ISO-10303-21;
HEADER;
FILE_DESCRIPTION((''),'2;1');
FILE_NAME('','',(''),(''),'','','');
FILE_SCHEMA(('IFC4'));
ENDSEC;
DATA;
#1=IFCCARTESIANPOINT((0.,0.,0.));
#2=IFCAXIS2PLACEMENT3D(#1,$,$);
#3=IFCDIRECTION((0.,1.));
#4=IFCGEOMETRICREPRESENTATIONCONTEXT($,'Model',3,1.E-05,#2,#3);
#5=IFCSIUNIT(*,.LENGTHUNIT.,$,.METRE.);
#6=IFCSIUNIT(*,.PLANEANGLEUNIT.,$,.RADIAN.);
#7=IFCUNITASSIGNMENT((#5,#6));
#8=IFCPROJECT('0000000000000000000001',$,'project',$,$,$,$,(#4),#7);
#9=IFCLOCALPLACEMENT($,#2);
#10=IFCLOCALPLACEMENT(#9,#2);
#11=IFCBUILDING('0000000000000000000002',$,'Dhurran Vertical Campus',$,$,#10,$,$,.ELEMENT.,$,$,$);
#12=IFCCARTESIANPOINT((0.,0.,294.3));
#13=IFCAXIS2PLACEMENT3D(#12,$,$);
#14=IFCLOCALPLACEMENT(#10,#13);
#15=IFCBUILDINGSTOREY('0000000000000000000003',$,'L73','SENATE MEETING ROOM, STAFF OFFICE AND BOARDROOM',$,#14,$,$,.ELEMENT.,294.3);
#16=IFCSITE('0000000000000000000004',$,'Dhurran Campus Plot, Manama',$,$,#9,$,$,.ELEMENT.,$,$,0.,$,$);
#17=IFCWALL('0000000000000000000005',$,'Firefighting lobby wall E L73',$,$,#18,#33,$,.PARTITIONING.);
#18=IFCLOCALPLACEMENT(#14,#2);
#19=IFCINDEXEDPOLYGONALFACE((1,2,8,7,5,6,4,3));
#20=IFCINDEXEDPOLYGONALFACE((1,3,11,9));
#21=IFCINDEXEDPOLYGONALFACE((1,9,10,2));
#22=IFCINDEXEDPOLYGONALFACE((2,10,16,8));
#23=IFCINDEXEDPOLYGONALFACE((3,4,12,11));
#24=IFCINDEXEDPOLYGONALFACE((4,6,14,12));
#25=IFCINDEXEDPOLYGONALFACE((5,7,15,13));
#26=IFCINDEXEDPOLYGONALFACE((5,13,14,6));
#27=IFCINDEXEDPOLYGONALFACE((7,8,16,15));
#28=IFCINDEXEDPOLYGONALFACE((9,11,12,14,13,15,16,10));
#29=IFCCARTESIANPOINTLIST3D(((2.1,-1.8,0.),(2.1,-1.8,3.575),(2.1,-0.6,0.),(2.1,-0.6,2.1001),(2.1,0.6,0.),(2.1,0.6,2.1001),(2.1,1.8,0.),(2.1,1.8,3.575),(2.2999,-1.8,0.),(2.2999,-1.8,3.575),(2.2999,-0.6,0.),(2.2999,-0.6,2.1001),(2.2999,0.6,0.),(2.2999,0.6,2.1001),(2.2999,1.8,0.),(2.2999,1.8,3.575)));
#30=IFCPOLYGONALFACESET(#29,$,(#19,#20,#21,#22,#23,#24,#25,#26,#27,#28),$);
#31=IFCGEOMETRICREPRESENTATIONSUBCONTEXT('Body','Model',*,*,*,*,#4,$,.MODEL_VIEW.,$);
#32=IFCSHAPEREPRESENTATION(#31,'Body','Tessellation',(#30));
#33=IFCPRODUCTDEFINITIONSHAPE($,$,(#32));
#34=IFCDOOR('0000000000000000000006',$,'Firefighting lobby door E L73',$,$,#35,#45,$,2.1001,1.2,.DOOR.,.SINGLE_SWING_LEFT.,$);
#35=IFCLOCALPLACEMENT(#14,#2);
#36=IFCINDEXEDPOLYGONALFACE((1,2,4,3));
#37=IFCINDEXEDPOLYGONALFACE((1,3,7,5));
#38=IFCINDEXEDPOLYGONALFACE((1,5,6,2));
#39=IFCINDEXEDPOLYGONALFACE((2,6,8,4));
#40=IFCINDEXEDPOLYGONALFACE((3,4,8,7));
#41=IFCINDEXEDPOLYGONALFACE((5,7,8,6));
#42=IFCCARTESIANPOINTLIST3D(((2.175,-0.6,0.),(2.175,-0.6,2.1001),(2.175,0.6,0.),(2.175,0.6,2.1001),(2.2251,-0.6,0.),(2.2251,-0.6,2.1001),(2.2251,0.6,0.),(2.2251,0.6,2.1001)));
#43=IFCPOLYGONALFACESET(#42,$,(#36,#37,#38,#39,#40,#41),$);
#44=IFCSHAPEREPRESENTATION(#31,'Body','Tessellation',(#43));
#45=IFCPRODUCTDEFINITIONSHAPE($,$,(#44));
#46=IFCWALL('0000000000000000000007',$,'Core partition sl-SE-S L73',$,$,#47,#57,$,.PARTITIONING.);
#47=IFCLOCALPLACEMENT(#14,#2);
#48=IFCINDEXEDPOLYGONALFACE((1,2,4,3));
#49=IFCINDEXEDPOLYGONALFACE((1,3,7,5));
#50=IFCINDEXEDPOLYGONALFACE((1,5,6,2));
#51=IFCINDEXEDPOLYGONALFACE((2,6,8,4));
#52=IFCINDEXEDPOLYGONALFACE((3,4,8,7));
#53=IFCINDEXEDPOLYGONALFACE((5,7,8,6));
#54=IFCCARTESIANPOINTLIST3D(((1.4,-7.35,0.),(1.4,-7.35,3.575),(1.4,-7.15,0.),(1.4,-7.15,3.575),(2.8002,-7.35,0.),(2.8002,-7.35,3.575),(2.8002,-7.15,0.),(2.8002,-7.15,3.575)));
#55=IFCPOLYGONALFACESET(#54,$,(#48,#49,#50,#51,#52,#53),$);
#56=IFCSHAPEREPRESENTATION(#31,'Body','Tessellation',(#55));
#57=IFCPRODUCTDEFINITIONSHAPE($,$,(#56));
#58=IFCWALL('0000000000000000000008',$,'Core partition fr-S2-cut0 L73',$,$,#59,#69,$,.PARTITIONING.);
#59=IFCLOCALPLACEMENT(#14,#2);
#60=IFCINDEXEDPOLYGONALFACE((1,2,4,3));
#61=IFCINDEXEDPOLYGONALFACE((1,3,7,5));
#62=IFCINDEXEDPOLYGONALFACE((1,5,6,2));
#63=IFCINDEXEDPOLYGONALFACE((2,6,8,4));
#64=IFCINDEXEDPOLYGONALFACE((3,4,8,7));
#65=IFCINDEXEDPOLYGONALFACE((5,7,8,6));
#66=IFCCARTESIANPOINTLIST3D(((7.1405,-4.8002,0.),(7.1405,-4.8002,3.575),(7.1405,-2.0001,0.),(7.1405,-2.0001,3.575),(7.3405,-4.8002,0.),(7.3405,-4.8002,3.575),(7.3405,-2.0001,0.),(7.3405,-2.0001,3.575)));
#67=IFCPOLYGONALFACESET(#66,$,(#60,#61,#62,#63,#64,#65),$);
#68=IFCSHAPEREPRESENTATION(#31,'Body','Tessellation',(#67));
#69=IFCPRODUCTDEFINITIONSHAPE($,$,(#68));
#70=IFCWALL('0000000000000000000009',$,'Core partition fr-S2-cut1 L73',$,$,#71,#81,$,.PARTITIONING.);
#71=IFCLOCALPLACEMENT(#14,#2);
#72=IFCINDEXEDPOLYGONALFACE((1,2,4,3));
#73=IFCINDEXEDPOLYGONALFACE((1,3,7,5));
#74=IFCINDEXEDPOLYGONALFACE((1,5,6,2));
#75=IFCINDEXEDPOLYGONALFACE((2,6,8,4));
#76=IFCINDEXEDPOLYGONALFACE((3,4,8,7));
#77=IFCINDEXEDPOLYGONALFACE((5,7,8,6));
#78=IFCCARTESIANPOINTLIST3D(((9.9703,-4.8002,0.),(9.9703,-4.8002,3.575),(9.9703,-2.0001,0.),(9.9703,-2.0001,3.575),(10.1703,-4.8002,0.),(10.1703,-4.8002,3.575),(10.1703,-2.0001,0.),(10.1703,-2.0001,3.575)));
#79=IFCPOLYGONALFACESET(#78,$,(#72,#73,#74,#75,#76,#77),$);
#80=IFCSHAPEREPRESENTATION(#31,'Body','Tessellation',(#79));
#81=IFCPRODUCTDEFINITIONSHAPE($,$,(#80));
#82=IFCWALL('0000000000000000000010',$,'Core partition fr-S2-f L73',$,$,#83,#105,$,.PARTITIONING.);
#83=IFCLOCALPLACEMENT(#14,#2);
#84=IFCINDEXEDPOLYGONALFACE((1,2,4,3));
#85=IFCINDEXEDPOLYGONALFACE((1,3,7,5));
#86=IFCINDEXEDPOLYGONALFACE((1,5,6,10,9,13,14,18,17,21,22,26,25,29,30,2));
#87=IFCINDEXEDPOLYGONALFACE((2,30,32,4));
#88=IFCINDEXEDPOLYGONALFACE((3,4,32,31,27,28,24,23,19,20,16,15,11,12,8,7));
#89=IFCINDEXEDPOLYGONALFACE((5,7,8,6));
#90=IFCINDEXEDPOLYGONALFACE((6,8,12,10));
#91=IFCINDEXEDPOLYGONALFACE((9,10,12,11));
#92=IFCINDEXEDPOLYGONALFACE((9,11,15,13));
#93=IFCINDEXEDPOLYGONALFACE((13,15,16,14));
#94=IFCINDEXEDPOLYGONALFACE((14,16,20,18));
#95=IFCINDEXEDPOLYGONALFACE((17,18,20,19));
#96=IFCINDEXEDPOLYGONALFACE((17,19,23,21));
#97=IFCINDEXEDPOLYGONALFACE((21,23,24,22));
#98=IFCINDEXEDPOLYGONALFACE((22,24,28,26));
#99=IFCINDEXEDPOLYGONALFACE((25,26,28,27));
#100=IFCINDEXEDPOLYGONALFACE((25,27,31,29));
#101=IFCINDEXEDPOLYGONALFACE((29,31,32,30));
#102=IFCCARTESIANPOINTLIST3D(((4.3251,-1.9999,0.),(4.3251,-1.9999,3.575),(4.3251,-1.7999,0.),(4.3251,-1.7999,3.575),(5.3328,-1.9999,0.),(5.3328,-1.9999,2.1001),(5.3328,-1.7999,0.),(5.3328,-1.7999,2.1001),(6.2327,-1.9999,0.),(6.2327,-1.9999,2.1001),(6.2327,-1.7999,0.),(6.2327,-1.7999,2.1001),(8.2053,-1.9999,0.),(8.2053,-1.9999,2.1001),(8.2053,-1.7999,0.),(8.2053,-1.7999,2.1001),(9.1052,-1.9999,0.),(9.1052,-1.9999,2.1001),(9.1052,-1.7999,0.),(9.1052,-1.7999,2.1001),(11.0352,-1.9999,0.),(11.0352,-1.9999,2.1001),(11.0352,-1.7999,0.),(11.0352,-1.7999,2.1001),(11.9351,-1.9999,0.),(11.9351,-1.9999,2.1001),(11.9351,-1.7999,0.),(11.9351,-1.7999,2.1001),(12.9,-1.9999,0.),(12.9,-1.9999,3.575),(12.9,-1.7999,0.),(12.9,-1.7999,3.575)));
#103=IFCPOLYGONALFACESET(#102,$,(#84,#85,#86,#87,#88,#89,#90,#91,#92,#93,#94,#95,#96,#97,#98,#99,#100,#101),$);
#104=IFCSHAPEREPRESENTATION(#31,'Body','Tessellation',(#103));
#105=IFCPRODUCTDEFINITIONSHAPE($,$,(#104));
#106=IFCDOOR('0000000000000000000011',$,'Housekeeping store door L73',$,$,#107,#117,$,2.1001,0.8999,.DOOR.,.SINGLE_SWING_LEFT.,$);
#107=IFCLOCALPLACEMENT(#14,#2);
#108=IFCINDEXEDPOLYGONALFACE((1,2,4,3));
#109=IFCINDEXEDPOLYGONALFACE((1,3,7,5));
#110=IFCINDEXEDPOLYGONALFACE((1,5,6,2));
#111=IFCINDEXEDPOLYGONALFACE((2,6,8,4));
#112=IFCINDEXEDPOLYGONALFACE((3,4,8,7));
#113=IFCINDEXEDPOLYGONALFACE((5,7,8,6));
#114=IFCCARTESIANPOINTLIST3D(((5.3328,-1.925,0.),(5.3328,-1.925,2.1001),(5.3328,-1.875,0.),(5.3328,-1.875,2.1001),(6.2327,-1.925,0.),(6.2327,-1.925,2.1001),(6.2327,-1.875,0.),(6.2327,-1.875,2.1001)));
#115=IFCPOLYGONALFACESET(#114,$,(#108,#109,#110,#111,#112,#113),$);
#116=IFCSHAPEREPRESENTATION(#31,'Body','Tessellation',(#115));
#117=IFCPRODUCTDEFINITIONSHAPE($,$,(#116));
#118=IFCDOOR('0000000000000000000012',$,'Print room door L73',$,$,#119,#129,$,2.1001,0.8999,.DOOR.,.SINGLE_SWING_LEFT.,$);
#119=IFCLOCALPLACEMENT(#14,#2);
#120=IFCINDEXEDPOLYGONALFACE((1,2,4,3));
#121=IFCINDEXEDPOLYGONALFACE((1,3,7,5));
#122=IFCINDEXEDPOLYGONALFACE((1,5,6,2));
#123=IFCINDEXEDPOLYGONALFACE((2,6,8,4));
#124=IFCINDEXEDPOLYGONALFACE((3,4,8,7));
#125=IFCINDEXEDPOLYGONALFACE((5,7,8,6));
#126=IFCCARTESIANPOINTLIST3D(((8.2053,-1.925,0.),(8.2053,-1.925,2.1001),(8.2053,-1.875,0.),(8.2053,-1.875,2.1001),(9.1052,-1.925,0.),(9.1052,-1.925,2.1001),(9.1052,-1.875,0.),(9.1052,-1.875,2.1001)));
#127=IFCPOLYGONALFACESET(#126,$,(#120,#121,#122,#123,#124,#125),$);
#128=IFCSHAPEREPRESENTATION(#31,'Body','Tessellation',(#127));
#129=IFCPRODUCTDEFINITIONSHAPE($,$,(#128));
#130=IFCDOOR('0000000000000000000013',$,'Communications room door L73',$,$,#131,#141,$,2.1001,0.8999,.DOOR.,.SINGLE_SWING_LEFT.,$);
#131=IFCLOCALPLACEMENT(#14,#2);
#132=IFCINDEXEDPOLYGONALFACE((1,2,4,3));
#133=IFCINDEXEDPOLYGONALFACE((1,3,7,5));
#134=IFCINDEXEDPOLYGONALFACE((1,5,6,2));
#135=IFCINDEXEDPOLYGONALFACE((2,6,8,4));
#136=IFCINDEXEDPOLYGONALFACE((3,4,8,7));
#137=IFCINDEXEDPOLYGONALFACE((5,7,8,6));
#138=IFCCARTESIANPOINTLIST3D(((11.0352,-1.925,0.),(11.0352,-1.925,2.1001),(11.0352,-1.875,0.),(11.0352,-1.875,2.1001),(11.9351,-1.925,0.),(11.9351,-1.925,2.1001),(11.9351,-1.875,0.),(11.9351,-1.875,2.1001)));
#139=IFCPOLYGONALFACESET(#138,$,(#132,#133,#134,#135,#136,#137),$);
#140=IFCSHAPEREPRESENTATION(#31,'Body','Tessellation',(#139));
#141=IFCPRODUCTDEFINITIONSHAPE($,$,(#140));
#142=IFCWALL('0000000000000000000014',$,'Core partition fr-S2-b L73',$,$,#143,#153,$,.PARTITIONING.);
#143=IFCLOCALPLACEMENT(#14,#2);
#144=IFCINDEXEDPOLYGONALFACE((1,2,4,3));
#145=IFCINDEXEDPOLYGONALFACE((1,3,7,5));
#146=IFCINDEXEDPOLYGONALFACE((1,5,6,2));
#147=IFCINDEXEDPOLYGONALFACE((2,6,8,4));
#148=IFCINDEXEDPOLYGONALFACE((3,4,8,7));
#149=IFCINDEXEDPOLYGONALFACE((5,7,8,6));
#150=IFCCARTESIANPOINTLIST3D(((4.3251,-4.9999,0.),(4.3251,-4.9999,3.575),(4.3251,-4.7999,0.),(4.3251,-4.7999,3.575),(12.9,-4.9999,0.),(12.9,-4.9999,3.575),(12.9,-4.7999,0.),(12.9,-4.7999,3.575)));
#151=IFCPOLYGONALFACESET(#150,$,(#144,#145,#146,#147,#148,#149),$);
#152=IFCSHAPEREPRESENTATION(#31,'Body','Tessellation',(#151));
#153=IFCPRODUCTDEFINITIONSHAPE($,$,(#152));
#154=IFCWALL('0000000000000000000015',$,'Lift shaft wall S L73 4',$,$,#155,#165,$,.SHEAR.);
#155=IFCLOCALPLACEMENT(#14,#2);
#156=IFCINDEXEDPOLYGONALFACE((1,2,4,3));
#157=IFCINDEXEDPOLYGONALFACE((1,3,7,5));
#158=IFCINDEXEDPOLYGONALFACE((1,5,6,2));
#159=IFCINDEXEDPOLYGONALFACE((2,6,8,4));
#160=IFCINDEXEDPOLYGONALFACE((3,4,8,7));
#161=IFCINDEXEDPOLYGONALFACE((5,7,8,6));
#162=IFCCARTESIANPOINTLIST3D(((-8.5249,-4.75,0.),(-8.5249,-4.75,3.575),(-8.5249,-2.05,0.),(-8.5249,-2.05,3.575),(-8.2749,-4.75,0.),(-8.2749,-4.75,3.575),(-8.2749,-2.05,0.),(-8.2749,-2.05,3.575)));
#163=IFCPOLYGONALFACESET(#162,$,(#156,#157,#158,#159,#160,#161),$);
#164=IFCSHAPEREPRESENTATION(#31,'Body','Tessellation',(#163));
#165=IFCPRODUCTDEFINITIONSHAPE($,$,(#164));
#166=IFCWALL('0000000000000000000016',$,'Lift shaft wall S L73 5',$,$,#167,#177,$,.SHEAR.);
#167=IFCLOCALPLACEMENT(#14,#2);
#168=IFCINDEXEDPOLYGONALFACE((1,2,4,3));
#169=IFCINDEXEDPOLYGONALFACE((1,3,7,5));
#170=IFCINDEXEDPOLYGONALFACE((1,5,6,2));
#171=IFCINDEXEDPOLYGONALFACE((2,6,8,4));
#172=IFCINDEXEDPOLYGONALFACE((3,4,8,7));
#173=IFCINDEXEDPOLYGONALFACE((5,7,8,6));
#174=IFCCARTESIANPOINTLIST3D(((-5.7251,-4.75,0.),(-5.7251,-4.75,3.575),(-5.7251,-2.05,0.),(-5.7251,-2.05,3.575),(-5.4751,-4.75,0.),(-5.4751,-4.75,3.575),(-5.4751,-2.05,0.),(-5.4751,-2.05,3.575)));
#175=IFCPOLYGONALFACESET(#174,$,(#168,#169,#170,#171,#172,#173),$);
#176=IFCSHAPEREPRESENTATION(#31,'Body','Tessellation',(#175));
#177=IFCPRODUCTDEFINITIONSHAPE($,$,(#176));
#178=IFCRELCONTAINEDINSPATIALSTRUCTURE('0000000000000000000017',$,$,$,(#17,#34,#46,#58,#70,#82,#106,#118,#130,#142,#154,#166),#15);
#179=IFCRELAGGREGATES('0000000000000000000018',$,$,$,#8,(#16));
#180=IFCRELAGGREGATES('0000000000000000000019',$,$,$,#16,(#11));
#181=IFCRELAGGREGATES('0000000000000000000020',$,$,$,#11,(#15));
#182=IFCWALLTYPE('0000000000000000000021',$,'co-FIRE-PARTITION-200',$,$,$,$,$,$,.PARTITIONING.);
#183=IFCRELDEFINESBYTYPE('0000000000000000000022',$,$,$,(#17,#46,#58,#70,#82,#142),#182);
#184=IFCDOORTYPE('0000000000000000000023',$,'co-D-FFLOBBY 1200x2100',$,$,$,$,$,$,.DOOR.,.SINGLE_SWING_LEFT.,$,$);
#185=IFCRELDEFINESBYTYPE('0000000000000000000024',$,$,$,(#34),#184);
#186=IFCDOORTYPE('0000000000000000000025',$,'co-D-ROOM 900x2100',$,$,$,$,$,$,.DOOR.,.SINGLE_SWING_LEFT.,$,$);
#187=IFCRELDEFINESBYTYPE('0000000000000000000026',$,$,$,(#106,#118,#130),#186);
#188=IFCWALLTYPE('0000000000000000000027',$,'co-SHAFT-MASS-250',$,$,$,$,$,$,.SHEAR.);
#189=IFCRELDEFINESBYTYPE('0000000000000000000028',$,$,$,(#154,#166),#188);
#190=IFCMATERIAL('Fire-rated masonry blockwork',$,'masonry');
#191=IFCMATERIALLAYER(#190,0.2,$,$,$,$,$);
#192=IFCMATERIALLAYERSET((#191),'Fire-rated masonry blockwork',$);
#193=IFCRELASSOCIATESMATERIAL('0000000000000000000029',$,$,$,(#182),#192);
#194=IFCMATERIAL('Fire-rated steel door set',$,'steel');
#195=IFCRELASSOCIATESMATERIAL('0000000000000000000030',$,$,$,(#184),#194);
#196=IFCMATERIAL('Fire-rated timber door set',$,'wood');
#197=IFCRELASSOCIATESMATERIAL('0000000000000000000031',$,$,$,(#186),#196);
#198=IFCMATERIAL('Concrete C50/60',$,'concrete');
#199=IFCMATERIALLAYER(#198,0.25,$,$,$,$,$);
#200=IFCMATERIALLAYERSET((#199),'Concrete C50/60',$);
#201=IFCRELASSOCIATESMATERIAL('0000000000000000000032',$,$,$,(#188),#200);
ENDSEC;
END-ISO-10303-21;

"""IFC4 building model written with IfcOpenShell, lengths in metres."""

from ifc_helpers import new_model, si_unit, direction, frame, frame_2d, origin, place, context, subcontext, project, spatial, polyline, rectangle, outline, extrude, material, layer, layer_set, type_object, element, fill, save


model = new_model("IFC4")

# Units and contexts
model_context = context("Model", 3, precision=1e-05, world=origin(), true_north=direction((0.0, 1.0)))
body_context = subcontext(model_context, "Body", "Model", "MODEL_VIEW")
ifc_project = project(units=[si_unit("LENGTHUNIT", "METRE"), si_unit("PLANEANGLEUNIT", "RADIAN")], contexts=[model_context])

# Site, building, storey
site_placement = place(None, origin())
site = spatial("IfcSite", under=ifc_project, at=site_placement, Name="Dhurran Campus Plot, Manama", CompositionType="ELEMENT", RefElevation=0.0)
building_placement = place(site_placement, origin())
building = spatial("IfcBuilding", under=site, at=building_placement, Name="Dhurran Vertical Campus", CompositionType="ELEMENT")
storey_placement = place(building_placement, frame((0.0, 0.0, 294.3)))
storey = spatial("IfcBuildingStorey", under=building, at=storey_placement, Name="L73", Description="SENATE MEETING ROOM, STAFF OFFICE AND BOARDROOM", CompositionType="ELEMENT", Elevation=294.3)

# Wall, opening, door
ifc_material_1 = material(Name="Fire-rated masonry blockwork", Category="masonry")
ifc_layer_1 = layer(ifc_material_1, 0.2)
ifc_layer_set_1 = layer_set([ifc_layer_1], Name="Fire-rated masonry blockwork")
wall_type_1 = type_object("IfcWallType", Name="co-FIRE-PARTITION-200", PredefinedType="PARTITIONING", material=ifc_layer_set_1)
wall_1_placement = place(storey_placement, frame((2.2, -1.8, 0.0), z_axis=(0.0, 0.0, 1.0), x_axis=(0.0, 1.0, 0.0)))
wall_1 = element("IfcWall", 1, at=wall_1_placement, inside=storey, type_object=wall_type_1, Name="Firefighting lobby wall E L73", PredefinedType="PARTITIONING", context=body_context, shape_type="SweptSolid", body=[
    extrude(rectangle(XDim=3.6001, YDim=0.2, at=frame_2d((1.8, 0.0))), origin(), (0.0, 0.0, 1.0), 3.575),
])
opening_1_placement = place(wall_1_placement, frame((1.2, 0.0, 0.0)))
opening_1 = element("IfcOpeningElement", 2, at=opening_1_placement, cuts=wall_1, PredefinedType="OPENING", context=body_context, shape_type="SweptSolid", body=[
    extrude(rectangle(XDim=1.2, YDim=2.1001, at=frame_2d((0.6001, 1.05))), frame((0.0, 0.1099, 0.0), z_axis=(0.0, -1.0, 0.0), x_axis=(1.0, 0.0, 0.0)), (0.0, 0.0, 1.0), 0.22),
])
ifc_material_2 = material(Name="Fire-rated steel door set", Category="steel")
door_type_1 = type_object("IfcDoorType", Name="co-D-FFLOBBY 1200x2100", OperationType="SINGLE_SWING_LEFT", PredefinedType="DOOR", material=ifc_material_2)
door_1_placement = place(opening_1_placement, origin())
door_1 = element("IfcDoor", 3, at=door_1_placement, inside=storey, type_object=door_type_1, Name="Firefighting lobby door E L73", OperationType="SINGLE_SWING_LEFT", OverallHeight=2.1001, OverallWidth=1.2, PredefinedType="DOOR", context=body_context, shape_type="SweptSolid", body=[
    extrude(rectangle(XDim=1.2, YDim=2.1001, at=frame_2d((0.6001, 1.05))), frame((0.0, 0.0249, 0.0), z_axis=(0.0, -1.0, 0.0), x_axis=(1.0, 0.0, 0.0)), (0.0, 0.0, 1.0), 0.05),
])
fill(opening_1, door_1)

# Walls
wall_2_placement = place(storey_placement, frame((1.3999, -7.25, 0.0), z_axis=(0.0, 0.0, 1.0), x_axis=(1.0, 0.0, 0.0)))
element("IfcWall", 4, at=wall_2_placement, inside=storey, type_object=wall_type_1, Name="Core partition sl-SE-S L73", PredefinedType="PARTITIONING", context=body_context, shape_type="SweptSolid", body=[
    extrude(rectangle(XDim=1.4001, YDim=0.2, at=frame_2d((0.7002, 0.0))), origin(), (0.0, 0.0, 1.0), 3.575),
])
for number, where, z_axis, x_axis, name in (
    (5, (7.2405, -4.8, 0.0), (0.0, 0.0, 1.0), (0.0, 1.0, 0.0), "Core partition fr-S2-cut0 L73"),
    (6, (10.0703, -4.8, 0.0), (0.0, 0.0, 1.0), (0.0, 1.0, 0.0), "Core partition fr-S2-cut1 L73"),
):
    element("IfcWall", number, at=place(storey_placement, frame(where, z_axis=z_axis, x_axis=x_axis)), inside=storey, type_object=wall_type_1, Name=name, PredefinedType="PARTITIONING", context=body_context, shape_type="SweptSolid", body=[
        extrude(rectangle(XDim=2.8, YDim=0.2, at=frame_2d((1.3999, 0.0))), origin(), (0.0, 0.0, 1.0), 3.575),
    ])

# Wall, openings, doors
wall_3_placement = place(storey_placement, frame((4.325, -1.8999, 0.0), z_axis=(0.0, 0.0, 1.0), x_axis=(1.0, 0.0, 0.0)))
wall_3 = element("IfcWall", 7, at=wall_3_placement, inside=storey, type_object=wall_type_1, Name="Core partition fr-S2-f L73", PredefinedType="PARTITIONING", context=body_context, shape_type="SweptSolid", body=[
    extrude(rectangle(XDim=8.575, YDim=0.2, at=frame_2d((4.2876, 0.0))), origin(), (0.0, 0.0, 1.0), 3.575),
])
opening_2_placement = place(wall_3_placement, frame((1.0078, 0.0, 0.0)))
opening_2 = element("IfcOpeningElement", 8, at=opening_2_placement, cuts=wall_3, PredefinedType="OPENING", context=body_context, shape_type="SweptSolid", body=[
    extrude(rectangle(XDim=0.8999, YDim=2.1001, at=frame_2d((0.45, 1.05))), frame((0.0, 0.1099, 0.0), z_axis=(0.0, -1.0, 0.0), x_axis=(1.0, 0.0, 0.0)), (0.0, 0.0, 1.0), 0.22),
])
opening_3_placement = place(wall_3_placement, frame((3.8804, 0.0, 0.0)))
opening_3 = element("IfcOpeningElement", 9, at=opening_3_placement, cuts=wall_3, PredefinedType="OPENING", context=body_context, shape_type="SweptSolid", body=[
    extrude(rectangle(XDim=0.8999, YDim=2.1001, at=frame_2d((0.45, 1.05))), frame((0.0, 0.1099, 0.0), z_axis=(0.0, -1.0, 0.0), x_axis=(1.0, 0.0, 0.0)), (0.0, 0.0, 1.0), 0.22),
])
opening_4_placement = place(wall_3_placement, frame((6.7102, 0.0, 0.0)))
opening_4 = element("IfcOpeningElement", 10, at=opening_4_placement, cuts=wall_3, PredefinedType="OPENING", context=body_context, shape_type="SweptSolid", body=[
    extrude(rectangle(XDim=0.8999, YDim=2.1001, at=frame_2d((0.45, 1.05))), frame((0.0, 0.1099, 0.0), z_axis=(0.0, -1.0, 0.0), x_axis=(1.0, 0.0, 0.0)), (0.0, 0.0, 1.0), 0.22),
])
ifc_material_3 = material(Name="Fire-rated timber door set", Category="wood")
door_type_2 = type_object("IfcDoorType", Name="co-D-ROOM 900x2100", OperationType="SINGLE_SWING_LEFT", PredefinedType="DOOR", material=ifc_material_3)
door_2_placement = place(opening_2_placement, origin())
door_2 = element("IfcDoor", 11, at=door_2_placement, inside=storey, type_object=door_type_2, Name="Housekeeping store door L73", OperationType="SINGLE_SWING_LEFT", OverallHeight=2.1001, OverallWidth=0.8999, PredefinedType="DOOR", context=body_context, shape_type="SweptSolid", body=[
    extrude(rectangle(XDim=0.8999, YDim=2.1001, at=frame_2d((0.45, 1.05))), frame((0.0, 0.0249, 0.0), z_axis=(0.0, -1.0, 0.0), x_axis=(1.0, 0.0, 0.0)), (0.0, 0.0, 1.0), 0.05),
])
fill(opening_2, door_2)
door_3_placement = place(opening_3_placement, origin())
door_3 = element("IfcDoor", 12, at=door_3_placement, inside=storey, type_object=door_type_2, Name="Print room door L73", OperationType="SINGLE_SWING_LEFT", OverallHeight=2.1001, OverallWidth=0.8999, PredefinedType="DOOR", context=body_context, shape_type="SweptSolid", body=[
    extrude(rectangle(XDim=0.8999, YDim=2.1001, at=frame_2d((0.45, 1.05))), frame((0.0, 0.0249, 0.0), z_axis=(0.0, -1.0, 0.0), x_axis=(1.0, 0.0, 0.0)), (0.0, 0.0, 1.0), 0.05),
])
fill(opening_3, door_3)
door_4_placement = place(opening_4_placement, origin())
door_4 = element("IfcDoor", 13, at=door_4_placement, inside=storey, type_object=door_type_2, Name="Communications room door L73", OperationType="SINGLE_SWING_LEFT", OverallHeight=2.1001, OverallWidth=0.8999, PredefinedType="DOOR", context=body_context, shape_type="SweptSolid", body=[
    extrude(rectangle(XDim=0.8999, YDim=2.1001, at=frame_2d((0.45, 1.05))), frame((0.0, 0.0249, 0.0), z_axis=(0.0, -1.0, 0.0), x_axis=(1.0, 0.0, 0.0)), (0.0, 0.0, 1.0), 0.05),
])
fill(opening_4, door_4)

# Walls
wall_4_placement = place(storey_placement, frame((4.325, -4.8999, 0.0), z_axis=(0.0, 0.0, 1.0), x_axis=(1.0, 0.0, 0.0)))
element("IfcWall", 14, at=wall_4_placement, inside=storey, type_object=wall_type_1, Name="Core partition fr-S2-b L73", PredefinedType="PARTITIONING", context=body_context, shape_type="SweptSolid", body=[
    extrude(rectangle(XDim=8.575, YDim=0.2, at=frame_2d((4.2876, 0.0))), origin(), (0.0, 0.0, 1.0), 3.575),
])
ifc_material_4 = material(Name="Concrete C50/60", Category="concrete")
ifc_layer_2 = layer(ifc_material_4, 0.25)
ifc_layer_set_2 = layer_set([ifc_layer_2], Name="Concrete C50/60")
wall_type_2 = type_object("IfcWallType", Name="co-SHAFT-MASS-250", PredefinedType="SHEAR", material=ifc_layer_set_2)
wall_5_placement = place(storey_placement, origin())
element("IfcWall", 15, at=wall_5_placement, inside=storey, type_object=wall_type_2, Name="Lift shaft wall S L73 4", PredefinedType="SHEAR", context=body_context, shape_type="SweptSolid", body=[
    extrude(outline(polyline([(-8.5249, -4.75), (-8.2749, -4.75), (-8.2749, -2.05), (-8.5249, -2.05), (-8.5249, -4.75)])), origin(), (0.0, 0.0, 1.0), 3.575),
])
wall_6_placement = place(storey_placement, origin())
element("IfcWall", 16, at=wall_6_placement, inside=storey, type_object=wall_type_2, Name="Lift shaft wall S L73 5", PredefinedType="SHEAR", context=body_context, shape_type="SweptSolid", body=[
    extrude(outline(polyline([(-5.7251, -4.75), (-5.4751, -4.75), (-5.4751, -2.05), (-5.7251, -2.05), (-5.7251, -4.75)])), origin(), (0.0, 0.0, 1.0), 3.575),
])

save(model, "model.ifc")
